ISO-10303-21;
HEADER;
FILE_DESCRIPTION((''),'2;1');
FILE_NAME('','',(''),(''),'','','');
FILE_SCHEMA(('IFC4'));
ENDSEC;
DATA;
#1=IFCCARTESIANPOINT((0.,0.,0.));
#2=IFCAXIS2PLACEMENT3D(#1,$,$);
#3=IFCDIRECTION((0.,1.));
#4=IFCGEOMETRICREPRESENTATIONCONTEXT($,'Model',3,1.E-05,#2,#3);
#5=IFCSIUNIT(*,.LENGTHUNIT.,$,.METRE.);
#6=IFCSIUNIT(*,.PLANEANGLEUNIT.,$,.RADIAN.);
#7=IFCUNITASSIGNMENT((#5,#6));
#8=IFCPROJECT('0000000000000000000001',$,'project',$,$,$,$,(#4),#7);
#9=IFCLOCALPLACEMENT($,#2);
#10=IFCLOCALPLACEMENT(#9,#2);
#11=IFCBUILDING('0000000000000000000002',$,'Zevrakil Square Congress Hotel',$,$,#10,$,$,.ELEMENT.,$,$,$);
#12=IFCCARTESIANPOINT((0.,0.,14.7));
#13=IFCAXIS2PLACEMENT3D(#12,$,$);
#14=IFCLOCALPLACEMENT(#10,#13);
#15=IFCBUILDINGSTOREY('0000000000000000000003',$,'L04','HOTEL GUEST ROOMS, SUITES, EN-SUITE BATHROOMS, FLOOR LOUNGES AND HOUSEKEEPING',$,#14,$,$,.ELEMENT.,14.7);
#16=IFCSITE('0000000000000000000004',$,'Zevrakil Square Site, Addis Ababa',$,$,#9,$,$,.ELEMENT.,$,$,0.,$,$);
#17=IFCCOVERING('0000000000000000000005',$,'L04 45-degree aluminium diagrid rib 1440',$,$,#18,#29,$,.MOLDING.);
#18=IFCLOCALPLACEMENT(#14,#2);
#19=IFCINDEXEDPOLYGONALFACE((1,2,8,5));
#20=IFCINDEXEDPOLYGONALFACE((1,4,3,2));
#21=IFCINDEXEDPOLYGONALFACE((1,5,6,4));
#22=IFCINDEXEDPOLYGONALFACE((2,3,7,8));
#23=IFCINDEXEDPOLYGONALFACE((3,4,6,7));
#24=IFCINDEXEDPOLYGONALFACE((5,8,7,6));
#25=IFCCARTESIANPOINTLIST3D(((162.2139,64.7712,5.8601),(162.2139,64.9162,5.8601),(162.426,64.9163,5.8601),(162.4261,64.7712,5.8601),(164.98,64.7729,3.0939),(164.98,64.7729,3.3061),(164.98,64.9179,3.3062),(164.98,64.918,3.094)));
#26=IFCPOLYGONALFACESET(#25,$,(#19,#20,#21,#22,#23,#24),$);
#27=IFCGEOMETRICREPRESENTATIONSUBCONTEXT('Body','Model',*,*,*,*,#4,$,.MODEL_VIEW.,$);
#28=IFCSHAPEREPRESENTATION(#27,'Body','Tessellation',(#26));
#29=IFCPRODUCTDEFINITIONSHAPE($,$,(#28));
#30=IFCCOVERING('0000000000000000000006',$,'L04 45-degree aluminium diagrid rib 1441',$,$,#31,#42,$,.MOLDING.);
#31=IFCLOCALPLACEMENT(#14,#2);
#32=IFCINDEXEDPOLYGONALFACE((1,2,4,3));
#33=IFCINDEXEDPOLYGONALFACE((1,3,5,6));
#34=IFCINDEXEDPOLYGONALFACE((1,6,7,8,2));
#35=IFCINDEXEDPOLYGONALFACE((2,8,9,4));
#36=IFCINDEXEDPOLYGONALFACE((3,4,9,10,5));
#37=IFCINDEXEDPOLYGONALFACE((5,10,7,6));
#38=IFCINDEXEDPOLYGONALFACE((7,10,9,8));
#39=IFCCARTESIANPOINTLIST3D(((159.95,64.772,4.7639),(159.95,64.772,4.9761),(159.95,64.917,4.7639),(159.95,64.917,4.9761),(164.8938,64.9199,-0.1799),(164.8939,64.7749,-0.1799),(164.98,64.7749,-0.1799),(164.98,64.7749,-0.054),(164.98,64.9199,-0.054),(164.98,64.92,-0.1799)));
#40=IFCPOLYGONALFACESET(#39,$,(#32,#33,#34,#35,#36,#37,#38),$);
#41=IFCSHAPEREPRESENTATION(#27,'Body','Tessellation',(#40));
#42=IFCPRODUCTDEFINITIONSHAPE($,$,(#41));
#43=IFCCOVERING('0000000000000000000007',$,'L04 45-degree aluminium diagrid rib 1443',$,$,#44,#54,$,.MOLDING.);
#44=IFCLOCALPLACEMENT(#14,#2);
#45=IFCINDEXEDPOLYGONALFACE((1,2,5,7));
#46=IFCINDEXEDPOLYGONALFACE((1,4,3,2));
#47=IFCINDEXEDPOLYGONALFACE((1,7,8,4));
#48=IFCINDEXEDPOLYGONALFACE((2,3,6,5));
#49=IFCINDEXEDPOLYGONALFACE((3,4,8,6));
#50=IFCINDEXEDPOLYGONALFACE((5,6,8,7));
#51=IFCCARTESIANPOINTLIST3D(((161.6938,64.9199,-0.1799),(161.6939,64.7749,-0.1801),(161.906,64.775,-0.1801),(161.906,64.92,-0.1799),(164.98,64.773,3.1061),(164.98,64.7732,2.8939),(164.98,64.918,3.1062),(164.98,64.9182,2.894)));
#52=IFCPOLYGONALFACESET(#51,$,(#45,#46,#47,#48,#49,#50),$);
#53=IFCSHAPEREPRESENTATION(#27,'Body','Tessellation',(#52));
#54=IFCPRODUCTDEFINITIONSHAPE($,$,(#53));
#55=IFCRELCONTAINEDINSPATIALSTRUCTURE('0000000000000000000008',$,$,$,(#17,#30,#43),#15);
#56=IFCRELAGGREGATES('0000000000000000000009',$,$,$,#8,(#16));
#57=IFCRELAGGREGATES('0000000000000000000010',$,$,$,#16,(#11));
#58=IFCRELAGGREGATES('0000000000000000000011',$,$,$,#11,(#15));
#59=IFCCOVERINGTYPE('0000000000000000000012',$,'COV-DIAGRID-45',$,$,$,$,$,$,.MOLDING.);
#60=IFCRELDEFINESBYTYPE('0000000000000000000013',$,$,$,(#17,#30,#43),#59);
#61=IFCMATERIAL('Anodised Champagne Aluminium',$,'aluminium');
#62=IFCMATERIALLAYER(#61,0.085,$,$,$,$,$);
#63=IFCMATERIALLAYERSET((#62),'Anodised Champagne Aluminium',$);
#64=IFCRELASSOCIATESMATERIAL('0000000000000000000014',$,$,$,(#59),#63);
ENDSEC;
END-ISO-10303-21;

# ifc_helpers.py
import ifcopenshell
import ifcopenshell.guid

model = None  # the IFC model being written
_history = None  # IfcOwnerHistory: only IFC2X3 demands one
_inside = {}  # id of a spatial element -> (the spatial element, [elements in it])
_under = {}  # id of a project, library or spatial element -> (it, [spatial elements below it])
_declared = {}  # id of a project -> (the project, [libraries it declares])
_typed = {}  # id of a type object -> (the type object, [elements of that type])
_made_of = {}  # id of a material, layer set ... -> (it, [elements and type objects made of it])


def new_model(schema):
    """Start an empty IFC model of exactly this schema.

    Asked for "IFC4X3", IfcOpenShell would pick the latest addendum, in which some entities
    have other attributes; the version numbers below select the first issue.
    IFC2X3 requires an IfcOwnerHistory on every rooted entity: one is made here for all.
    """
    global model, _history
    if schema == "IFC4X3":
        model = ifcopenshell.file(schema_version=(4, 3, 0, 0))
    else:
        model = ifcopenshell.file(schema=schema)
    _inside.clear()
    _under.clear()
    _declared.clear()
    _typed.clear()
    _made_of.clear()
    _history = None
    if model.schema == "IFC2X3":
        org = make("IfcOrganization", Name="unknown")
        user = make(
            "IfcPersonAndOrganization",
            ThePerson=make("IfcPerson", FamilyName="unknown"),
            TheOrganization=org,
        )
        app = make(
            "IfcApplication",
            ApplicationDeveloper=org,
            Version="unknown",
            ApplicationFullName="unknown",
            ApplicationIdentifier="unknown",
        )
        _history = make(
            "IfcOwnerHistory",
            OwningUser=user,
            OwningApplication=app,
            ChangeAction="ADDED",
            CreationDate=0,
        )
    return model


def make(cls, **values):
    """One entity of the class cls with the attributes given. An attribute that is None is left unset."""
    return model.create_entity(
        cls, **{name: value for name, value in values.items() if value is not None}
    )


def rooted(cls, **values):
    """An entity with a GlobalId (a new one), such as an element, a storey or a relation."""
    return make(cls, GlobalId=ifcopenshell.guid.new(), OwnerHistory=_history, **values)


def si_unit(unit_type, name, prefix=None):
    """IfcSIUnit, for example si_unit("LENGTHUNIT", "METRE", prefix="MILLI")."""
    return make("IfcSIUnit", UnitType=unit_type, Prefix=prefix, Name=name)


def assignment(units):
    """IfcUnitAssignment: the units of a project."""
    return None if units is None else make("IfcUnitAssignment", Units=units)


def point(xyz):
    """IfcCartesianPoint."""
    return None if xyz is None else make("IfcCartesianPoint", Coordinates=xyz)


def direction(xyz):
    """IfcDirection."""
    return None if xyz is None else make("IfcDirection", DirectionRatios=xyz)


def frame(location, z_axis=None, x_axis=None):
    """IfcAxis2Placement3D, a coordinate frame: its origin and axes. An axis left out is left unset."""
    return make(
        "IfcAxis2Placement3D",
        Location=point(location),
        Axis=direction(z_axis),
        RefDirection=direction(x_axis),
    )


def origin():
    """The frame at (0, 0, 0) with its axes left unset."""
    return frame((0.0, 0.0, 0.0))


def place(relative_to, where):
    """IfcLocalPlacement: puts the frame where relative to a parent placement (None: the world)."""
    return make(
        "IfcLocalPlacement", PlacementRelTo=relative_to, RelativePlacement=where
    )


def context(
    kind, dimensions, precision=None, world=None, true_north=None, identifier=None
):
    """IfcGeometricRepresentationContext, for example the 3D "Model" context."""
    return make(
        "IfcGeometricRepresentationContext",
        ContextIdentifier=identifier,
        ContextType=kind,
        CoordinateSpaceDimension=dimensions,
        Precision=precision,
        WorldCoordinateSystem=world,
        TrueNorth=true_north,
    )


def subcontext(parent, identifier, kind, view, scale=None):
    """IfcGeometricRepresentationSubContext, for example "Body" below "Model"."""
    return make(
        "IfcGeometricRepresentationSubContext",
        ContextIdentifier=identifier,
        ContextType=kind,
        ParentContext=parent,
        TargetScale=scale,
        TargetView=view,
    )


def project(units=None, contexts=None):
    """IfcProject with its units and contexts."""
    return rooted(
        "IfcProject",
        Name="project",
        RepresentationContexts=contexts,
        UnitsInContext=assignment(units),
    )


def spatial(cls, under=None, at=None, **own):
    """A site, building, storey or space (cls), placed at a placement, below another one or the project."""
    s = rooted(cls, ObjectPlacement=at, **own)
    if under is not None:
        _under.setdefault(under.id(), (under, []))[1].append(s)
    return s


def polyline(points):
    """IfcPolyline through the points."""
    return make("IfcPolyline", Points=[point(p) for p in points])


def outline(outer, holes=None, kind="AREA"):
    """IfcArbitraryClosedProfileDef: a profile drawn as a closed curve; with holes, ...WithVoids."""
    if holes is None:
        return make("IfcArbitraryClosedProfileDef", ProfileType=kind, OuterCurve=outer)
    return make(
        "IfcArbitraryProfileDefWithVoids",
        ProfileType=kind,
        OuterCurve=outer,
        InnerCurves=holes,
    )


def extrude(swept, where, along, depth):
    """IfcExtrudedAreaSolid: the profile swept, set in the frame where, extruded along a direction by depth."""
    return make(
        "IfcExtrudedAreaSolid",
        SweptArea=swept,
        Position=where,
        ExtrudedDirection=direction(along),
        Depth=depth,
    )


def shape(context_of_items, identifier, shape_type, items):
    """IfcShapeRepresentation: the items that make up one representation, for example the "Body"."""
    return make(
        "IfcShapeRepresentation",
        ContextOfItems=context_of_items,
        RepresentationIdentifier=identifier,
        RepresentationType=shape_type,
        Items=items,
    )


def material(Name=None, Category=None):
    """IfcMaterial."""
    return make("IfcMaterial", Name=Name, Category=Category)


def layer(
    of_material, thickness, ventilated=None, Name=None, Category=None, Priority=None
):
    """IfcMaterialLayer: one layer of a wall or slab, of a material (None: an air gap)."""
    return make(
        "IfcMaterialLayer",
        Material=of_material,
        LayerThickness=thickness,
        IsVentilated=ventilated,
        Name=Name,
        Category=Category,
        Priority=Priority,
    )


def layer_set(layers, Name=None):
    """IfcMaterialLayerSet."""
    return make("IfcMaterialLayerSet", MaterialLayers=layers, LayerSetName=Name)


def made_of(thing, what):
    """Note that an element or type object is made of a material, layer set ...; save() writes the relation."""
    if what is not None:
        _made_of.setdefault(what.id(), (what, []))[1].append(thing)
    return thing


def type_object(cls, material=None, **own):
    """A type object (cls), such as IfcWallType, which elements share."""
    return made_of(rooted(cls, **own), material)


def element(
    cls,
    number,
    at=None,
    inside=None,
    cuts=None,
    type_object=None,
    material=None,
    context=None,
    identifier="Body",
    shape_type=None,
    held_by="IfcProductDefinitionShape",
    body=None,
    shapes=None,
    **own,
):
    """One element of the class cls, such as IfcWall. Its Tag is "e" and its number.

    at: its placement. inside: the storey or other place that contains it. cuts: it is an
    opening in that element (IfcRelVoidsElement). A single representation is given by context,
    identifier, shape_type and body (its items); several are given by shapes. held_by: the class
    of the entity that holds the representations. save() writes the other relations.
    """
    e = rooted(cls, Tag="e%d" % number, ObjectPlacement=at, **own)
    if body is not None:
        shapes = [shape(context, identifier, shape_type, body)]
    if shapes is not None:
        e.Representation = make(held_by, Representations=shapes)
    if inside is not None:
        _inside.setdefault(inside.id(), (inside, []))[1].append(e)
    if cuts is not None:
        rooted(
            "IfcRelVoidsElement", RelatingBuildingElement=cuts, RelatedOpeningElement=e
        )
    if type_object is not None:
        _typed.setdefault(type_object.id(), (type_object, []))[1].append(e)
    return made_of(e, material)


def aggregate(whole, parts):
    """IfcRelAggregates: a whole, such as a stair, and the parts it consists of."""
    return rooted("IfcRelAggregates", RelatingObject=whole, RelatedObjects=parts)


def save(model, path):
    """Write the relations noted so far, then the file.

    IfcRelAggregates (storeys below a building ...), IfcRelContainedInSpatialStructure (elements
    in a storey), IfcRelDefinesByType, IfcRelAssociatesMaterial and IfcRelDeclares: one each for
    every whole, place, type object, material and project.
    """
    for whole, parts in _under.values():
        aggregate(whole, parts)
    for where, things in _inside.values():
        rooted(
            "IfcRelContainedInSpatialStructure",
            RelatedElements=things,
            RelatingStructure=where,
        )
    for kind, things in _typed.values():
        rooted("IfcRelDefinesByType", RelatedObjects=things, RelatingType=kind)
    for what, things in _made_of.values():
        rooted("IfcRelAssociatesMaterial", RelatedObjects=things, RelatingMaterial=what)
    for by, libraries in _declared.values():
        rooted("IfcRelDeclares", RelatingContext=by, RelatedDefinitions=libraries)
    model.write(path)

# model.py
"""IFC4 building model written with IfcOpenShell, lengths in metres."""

from ifc_helpers import new_model, si_unit, direction, frame, origin, place, context, subcontext, project, spatial, polyline, outline, extrude, material, layer, layer_set, type_object, element, save


model = new_model("IFC4")

# Units and contexts
model_context = context("Model", 3, precision=1e-05, world=origin(), true_north=direction((0.0, 1.0)))
body_context = subcontext(model_context, "Body", "Model", "MODEL_VIEW")
ifc_project = project(units=[si_unit("LENGTHUNIT", "METRE"), si_unit("PLANEANGLEUNIT", "RADIAN")], contexts=[model_context])

# Site, building, storey
site_placement = place(None, origin())
site = spatial("IfcSite", under=ifc_project, at=site_placement, Name="Zevrakil Square Site, Addis Ababa", CompositionType="ELEMENT", RefElevation=0.0)
building_placement = place(site_placement, origin())
building = spatial("IfcBuilding", under=site, at=building_placement, Name="Zevrakil Square Congress Hotel", CompositionType="ELEMENT")
storey_placement = place(building_placement, frame((0.0, 0.0, 14.7)))
storey = spatial("IfcBuildingStorey", under=building, at=storey_placement, Name="L04", Description="HOTEL GUEST ROOMS, SUITES, EN-SUITE BATHROOMS, FLOOR LOUNGES AND HOUSEKEEPING", CompositionType="ELEMENT", Elevation=14.7)

# Coverings
ifc_material_1 = material(Name="Anodised Champagne Aluminium", Category="aluminium")
ifc_layer_1 = layer(ifc_material_1, 0.085)
ifc_layer_set_1 = layer_set([ifc_layer_1], Name="Anodised Champagne Aluminium")
covering_type = type_object("IfcCoveringType", Name="COV-DIAGRID-45", PredefinedType="MOLDING", material=ifc_layer_set_1)
covering_1_placement = place(storey_placement, frame((164.98, 64.918, 3.094), z_axis=(-0.000321, 1.0, 0.000321), x_axis=(0.0, -0.000321, 1.0)))
element("IfcCovering", 1, at=covering_1_placement, inside=storey, type_object=covering_type, Name="L04 45-degree aluminium diagrid rib 1440", PredefinedType="MOLDING", context=body_context, shape_type="SweptSolid", body=[
    extrude(outline(polyline([(0.0, 0.0), (0.2122, 0.0), (2.7661, -2.554), (2.7661, -2.7661), (0.0, 0.0)])), origin(), (0.0, 0.0, -1.0), 0.145),
])
covering_2_placement = place(storey_placement, frame((164.8938, 64.9199, -0.1799), z_axis=(-0.000466, 1.0, 0.000119), x_axis=(1.0, 0.000466, 0.0)))
element("IfcCovering", 2, at=covering_2_placement, inside=storey, type_object=covering_type, Name="L04 45-degree aluminium diagrid rib 1441", PredefinedType="MOLDING", context=body_context, shape_type="SweptSolid", body=[
    extrude(outline(polyline([(0.0, 0.0), (0.0862, 0.0), (0.0862, -0.126), (-4.9438, -5.156), (-4.9438, -4.9438), (0.0, 0.0)])), origin(), (0.0, 0.0, -1.0), 0.145),
])
covering_3_placement = place(storey_placement, frame((164.98, 64.9182, 2.894), z_axis=(-0.000287, 1.0, 0.000863), x_axis=(0.0, -0.000863, 1.0)))
element("IfcCovering", 3, at=covering_3_placement, inside=storey, type_object=covering_type, Name="L04 45-degree aluminium diagrid rib 1443", PredefinedType="MOLDING", context=body_context, shape_type="SweptSolid", body=[
    extrude(outline(polyline([(0.0, 0.0), (0.2122, 0.0), (-3.074, -3.2861), (-3.074, -3.074), (0.0, 0.0)])), origin(), (0.0, 0.0, -1.0), 0.145),
])

save(model, "model.ifc")
